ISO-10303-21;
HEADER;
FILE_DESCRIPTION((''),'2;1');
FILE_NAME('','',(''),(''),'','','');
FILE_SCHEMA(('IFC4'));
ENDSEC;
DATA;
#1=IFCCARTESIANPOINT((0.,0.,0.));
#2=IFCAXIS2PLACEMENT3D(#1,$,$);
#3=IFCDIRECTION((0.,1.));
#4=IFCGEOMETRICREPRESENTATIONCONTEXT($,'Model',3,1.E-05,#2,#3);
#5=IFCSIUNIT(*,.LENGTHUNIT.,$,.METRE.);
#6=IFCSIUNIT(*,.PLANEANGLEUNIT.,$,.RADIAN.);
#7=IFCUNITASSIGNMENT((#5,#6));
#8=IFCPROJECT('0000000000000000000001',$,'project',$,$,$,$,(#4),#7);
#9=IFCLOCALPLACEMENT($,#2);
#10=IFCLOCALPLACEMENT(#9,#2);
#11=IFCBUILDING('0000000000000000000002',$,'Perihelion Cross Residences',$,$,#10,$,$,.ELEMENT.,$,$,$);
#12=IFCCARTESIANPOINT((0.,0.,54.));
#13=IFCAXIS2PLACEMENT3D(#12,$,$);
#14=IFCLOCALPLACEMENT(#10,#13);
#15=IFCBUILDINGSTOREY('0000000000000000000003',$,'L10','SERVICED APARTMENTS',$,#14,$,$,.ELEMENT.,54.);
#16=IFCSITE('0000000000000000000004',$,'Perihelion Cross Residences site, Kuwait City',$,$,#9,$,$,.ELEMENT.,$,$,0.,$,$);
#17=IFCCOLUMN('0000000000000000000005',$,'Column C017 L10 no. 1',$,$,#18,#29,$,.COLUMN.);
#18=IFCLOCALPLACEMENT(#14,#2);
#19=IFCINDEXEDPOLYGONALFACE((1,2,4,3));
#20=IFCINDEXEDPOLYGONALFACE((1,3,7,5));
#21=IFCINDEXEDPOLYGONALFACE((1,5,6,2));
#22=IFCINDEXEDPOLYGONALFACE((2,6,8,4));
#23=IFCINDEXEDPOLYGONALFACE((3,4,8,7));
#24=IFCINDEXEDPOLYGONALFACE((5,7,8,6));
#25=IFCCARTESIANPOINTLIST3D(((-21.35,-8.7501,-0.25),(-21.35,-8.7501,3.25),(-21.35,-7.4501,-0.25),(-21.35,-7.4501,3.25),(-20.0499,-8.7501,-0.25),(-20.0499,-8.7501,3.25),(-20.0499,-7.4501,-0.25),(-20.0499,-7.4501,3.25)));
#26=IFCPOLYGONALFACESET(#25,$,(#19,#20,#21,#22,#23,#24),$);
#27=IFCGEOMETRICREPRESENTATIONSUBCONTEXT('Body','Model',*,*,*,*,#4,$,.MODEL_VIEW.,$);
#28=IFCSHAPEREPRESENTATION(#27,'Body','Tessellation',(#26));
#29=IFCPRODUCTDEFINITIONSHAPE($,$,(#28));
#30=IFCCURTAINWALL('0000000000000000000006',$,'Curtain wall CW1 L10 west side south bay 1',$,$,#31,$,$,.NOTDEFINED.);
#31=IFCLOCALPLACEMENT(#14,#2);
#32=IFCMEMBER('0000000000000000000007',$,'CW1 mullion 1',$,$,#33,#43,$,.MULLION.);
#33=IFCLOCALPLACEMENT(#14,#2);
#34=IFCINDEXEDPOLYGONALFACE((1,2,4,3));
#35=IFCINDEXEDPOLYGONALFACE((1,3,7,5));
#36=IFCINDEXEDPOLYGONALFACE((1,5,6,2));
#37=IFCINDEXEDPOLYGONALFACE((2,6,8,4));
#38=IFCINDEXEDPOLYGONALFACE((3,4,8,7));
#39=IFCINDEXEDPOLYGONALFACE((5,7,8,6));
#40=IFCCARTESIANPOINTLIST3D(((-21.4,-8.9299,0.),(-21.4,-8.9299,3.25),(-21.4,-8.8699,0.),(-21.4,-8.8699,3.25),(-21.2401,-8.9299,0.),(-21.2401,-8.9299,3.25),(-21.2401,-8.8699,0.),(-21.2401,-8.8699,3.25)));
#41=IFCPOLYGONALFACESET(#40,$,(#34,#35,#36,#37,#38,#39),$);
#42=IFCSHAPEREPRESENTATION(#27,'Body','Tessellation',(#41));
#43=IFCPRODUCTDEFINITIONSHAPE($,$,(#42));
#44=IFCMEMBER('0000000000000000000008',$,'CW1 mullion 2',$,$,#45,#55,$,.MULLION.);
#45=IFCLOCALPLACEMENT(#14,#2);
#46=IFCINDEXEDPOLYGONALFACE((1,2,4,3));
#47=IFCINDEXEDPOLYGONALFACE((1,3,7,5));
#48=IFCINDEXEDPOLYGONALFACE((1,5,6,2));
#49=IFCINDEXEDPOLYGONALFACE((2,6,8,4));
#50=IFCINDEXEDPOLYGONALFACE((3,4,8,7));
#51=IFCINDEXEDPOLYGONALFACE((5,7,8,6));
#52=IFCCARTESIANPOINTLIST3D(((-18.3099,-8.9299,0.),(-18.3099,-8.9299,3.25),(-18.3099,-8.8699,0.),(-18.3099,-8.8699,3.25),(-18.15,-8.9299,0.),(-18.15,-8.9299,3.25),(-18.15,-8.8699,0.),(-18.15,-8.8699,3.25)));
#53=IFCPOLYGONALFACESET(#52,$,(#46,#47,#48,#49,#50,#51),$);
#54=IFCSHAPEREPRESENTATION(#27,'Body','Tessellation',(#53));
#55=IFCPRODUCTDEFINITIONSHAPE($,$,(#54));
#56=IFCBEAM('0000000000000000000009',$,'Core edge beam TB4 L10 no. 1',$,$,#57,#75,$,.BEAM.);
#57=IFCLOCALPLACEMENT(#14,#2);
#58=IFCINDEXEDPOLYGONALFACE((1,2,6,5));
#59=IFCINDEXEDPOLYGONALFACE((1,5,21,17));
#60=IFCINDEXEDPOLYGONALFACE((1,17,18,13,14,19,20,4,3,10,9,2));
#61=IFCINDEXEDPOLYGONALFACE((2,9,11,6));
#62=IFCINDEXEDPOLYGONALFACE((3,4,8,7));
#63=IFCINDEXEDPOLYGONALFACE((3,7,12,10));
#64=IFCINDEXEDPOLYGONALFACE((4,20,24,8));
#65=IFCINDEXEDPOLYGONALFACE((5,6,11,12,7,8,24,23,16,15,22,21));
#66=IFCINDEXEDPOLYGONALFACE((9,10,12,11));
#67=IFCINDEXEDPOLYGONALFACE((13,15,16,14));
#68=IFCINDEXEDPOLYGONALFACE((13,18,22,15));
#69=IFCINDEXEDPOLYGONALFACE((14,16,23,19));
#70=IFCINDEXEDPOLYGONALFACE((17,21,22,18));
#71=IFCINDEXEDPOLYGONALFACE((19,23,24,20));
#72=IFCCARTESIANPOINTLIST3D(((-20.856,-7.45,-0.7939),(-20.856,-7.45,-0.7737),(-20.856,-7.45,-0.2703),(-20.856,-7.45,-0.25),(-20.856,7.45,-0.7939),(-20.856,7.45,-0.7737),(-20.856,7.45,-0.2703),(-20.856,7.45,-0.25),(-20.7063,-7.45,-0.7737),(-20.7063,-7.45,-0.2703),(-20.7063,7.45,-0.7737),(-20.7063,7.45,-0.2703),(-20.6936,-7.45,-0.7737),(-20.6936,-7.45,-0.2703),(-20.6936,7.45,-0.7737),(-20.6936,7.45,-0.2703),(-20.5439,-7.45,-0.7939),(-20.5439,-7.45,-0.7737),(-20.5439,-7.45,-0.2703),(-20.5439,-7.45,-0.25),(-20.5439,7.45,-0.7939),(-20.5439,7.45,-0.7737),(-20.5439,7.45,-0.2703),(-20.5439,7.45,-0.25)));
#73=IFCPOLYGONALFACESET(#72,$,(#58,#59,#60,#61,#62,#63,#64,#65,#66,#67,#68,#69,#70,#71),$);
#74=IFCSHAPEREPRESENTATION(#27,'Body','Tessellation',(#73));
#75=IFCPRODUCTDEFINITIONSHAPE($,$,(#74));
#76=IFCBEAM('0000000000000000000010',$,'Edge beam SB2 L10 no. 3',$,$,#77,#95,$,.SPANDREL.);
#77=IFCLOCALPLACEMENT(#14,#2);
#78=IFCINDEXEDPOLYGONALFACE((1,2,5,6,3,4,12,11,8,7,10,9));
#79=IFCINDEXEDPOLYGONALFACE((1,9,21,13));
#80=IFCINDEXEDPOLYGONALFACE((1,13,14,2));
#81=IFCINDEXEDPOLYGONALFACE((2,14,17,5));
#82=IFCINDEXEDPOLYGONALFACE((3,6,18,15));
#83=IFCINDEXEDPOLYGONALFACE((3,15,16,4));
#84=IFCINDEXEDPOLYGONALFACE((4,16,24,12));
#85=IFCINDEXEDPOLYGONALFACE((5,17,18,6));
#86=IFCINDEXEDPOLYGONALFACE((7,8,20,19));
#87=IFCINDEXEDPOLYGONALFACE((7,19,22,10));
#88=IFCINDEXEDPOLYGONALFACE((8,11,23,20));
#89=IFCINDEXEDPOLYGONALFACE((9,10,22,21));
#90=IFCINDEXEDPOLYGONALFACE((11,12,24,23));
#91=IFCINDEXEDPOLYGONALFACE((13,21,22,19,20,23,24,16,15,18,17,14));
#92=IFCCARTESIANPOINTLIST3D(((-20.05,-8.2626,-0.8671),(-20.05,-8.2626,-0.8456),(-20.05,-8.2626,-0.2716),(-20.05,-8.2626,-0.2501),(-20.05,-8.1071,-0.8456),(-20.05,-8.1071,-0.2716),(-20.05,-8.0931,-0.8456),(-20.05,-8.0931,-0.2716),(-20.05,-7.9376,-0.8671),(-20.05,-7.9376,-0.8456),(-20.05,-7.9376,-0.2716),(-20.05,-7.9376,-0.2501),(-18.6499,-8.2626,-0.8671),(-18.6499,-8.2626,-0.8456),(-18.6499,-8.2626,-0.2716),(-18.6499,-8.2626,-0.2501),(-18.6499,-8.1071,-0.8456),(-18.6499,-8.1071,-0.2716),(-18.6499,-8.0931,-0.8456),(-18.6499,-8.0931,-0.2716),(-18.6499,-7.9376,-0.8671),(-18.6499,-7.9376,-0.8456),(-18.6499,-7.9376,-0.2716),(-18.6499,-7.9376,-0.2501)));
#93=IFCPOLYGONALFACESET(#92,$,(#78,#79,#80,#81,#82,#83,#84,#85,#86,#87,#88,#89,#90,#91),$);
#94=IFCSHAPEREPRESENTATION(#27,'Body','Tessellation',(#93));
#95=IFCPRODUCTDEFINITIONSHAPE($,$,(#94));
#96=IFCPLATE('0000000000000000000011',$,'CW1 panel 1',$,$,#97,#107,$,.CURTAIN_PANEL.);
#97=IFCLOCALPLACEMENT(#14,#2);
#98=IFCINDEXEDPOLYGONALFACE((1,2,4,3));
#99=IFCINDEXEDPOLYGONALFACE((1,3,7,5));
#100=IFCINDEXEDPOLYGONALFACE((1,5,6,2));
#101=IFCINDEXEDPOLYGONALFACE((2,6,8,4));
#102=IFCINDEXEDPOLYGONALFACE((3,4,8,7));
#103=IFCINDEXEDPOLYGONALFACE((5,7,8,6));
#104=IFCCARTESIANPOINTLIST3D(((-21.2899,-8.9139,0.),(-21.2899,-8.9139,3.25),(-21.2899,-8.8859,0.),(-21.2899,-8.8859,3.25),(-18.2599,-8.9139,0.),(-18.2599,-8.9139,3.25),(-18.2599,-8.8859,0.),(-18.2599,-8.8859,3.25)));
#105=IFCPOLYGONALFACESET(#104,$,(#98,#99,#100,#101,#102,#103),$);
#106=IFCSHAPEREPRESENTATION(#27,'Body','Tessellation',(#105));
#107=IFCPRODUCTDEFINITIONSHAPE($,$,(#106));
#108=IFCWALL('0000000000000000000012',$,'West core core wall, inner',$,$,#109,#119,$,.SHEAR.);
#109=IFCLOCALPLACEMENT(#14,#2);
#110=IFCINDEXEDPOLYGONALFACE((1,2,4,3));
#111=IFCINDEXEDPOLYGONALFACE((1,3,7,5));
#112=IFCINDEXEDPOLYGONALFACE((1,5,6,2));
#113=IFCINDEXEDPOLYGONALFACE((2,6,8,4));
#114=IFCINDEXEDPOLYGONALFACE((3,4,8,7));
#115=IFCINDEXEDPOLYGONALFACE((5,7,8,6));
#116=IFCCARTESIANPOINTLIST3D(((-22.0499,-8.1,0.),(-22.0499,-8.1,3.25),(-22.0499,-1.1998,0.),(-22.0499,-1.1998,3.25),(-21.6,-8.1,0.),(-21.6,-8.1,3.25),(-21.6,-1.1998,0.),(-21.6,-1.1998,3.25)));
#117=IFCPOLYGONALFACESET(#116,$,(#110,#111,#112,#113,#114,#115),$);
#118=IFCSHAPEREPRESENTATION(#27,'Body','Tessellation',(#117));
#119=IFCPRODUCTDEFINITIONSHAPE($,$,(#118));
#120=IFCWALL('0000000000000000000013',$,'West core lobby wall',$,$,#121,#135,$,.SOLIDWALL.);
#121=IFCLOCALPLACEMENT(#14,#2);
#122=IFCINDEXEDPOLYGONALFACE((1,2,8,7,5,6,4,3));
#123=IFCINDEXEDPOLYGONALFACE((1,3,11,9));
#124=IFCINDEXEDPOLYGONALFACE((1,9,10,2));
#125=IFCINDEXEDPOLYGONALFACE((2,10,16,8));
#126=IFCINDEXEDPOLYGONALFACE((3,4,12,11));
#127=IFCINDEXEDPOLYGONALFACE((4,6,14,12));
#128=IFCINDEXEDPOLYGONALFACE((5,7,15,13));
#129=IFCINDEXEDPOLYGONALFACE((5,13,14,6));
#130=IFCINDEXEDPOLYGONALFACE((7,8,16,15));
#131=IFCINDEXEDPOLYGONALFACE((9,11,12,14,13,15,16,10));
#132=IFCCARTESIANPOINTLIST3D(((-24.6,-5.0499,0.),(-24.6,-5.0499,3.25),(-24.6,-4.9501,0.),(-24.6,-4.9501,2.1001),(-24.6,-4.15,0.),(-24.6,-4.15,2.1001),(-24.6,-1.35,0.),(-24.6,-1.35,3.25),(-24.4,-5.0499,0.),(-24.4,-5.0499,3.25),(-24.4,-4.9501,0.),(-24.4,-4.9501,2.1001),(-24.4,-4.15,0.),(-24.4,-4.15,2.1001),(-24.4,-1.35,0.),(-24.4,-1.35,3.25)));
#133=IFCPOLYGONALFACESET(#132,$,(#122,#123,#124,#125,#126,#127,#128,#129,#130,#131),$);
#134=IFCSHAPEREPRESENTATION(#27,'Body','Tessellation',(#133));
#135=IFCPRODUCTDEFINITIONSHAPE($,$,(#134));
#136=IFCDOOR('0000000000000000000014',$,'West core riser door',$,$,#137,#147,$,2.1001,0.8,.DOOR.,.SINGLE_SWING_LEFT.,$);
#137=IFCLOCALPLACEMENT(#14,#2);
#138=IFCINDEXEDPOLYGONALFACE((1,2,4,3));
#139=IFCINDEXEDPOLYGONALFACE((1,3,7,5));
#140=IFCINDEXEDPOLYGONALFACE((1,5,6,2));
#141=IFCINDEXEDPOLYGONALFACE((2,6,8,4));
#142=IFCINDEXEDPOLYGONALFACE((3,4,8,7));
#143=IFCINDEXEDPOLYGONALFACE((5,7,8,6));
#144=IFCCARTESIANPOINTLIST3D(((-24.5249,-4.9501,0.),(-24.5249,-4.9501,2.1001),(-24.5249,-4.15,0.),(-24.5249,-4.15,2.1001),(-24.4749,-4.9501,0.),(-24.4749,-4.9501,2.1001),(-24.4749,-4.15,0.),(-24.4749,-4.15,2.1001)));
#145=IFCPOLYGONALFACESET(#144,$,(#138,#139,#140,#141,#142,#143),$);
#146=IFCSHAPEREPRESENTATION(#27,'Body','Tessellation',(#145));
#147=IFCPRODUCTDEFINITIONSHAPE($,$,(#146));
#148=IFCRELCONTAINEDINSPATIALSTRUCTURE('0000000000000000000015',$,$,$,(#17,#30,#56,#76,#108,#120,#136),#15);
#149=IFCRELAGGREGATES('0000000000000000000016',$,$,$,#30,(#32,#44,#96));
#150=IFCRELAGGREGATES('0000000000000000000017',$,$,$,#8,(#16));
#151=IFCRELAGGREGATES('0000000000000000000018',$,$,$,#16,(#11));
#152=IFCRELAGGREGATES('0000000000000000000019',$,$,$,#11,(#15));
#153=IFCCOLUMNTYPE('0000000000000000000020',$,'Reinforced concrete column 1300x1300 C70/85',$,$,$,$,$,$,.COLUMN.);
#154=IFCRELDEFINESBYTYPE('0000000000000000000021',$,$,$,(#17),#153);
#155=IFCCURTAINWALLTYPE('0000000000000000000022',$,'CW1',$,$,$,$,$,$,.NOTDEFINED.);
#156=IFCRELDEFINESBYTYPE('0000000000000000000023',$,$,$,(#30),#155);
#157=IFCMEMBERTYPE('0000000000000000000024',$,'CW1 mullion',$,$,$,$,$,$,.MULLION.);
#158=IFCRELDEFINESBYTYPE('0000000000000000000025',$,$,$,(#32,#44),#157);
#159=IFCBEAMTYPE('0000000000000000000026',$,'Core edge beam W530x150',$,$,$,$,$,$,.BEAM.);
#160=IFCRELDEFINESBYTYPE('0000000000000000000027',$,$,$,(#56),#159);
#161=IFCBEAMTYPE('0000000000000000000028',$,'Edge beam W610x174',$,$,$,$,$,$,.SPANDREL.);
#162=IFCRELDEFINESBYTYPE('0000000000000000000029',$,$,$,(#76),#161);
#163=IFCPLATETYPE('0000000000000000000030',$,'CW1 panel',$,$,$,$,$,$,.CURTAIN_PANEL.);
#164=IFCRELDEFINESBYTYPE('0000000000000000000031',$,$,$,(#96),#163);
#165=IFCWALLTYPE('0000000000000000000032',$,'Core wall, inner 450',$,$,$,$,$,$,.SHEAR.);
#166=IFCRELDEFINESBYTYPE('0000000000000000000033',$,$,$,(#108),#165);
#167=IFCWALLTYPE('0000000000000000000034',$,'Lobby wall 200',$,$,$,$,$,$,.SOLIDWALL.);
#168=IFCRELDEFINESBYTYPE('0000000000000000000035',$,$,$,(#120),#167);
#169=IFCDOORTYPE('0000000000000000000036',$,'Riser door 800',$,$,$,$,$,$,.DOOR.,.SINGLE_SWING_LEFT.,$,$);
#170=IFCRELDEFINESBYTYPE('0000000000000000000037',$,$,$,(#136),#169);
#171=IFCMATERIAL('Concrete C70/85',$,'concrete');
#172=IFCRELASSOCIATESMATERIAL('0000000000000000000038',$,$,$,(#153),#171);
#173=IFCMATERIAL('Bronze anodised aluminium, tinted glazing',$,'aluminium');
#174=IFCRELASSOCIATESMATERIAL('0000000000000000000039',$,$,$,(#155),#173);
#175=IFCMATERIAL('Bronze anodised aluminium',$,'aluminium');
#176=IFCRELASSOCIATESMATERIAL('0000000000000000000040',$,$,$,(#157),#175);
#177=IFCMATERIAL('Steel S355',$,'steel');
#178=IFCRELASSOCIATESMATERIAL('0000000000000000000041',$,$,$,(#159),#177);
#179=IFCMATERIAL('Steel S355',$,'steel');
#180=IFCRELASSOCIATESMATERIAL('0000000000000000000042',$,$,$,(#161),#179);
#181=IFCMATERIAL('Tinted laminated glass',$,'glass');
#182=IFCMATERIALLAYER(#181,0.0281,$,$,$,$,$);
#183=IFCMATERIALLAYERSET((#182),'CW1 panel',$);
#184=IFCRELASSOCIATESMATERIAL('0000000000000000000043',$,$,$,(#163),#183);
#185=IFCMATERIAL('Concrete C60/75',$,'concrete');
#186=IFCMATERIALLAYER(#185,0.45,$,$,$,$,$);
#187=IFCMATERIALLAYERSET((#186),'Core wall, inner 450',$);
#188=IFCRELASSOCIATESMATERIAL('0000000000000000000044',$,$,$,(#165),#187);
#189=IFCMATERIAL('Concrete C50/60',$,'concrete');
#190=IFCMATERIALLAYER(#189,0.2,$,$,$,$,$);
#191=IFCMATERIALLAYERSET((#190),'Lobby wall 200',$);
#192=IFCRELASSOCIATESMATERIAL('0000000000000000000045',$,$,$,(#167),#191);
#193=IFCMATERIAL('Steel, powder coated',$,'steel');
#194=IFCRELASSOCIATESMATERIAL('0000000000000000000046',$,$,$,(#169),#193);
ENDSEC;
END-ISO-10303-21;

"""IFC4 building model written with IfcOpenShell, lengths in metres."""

from ifc_helpers import new_model, si_unit, direction, frame, frame_2d, origin, origin_2d, place, context, subcontext, project, spatial, rectangle, i_section, extrude, material, layer, layer_set, material_profile, profile_set, type_object, element, fill, aggregate, save


model = new_model("IFC4")

# Units and contexts
model_context = context("Model", 3, precision=1e-05, world=origin(), true_north=direction((0.0, 1.0)))
body_context = subcontext(model_context, "Body", "Model", "MODEL_VIEW")
ifc_project = project(units=[si_unit("LENGTHUNIT", "METRE"), si_unit("PLANEANGLEUNIT", "RADIAN")], contexts=[model_context])

# Site, building, storey
site_placement = place(None, origin())
site = spatial("IfcSite", under=ifc_project, at=site_placement, Name="Perihelion Cross Residences site, Kuwait City", CompositionType="ELEMENT", RefElevation=0.0)
building_placement = place(site_placement, origin())
building = spatial("IfcBuilding", under=site, at=building_placement, Name="Perihelion Cross Residences", CompositionType="ELEMENT")
storey_placement = place(building_placement, frame((0.0, 0.0, 54.0)))
storey = spatial("IfcBuildingStorey", under=building, at=storey_placement, Name="L10", Description="SERVICED APARTMENTS", CompositionType="ELEMENT", Elevation=54.0)

# Column
ifc_material_1 = material(Name="Concrete C70/85", Category="concrete")
ifc_material_profile_1 = material_profile(ifc_material_1, rectangle(XDim=1.3, YDim=1.3, at=origin_2d()), Name="RC 1300x1300")
ifc_profile_set_1 = profile_set([ifc_material_profile_1], Name="Concrete C70/85")
column_type = type_object("IfcColumnType", Name="Reinforced concrete column 1300x1300 C70/85", PredefinedType="COLUMN", material=ifc_profile_set_1)
column_placement = place(storey_placement, frame((-20.7, -8.1001, -0.25), z_axis=(0.0, 0.0, 1.0), x_axis=(1.0, 0.0, 0.0)))
element("IfcColumn", 1, at=column_placement, inside=storey, type_object=column_type, Name="Column C017 L10 no. 1", PredefinedType="COLUMN", context=body_context, shape_type="SweptSolid", body=[
    extrude(rectangle(XDim=1.3, YDim=1.3, at=origin_2d()), origin(), (0.0, 0.0, 1.0), 3.5),
])

# Curtain wall, members
ifc_material_2 = material(Name="Bronze anodised aluminium, tinted glazing", Category="aluminium")
curtain_wall_type = type_object("IfcCurtainWallType", Name="CW1", PredefinedType="NOTDEFINED", material=ifc_material_2)
curtain_wall_placement = place(storey_placement, origin())
curtain_wall = element("IfcCurtainWall", 2, at=curtain_wall_placement, inside=storey, type_object=curtain_wall_type, Name="Curtain wall CW1 L10 west side south bay 1", PredefinedType="NOTDEFINED")
ifc_material_3 = material(Name="Bronze anodised aluminium", Category="aluminium")
ifc_material_profile_2 = material_profile(ifc_material_3, rectangle(XDim=0.0601, YDim=0.1599, at=origin_2d()), Name="CW1 mullion")
ifc_profile_set_2 = profile_set([ifc_material_profile_2], Name="Bronze anodised aluminium")
member_type = type_object("IfcMemberType", Name="CW1 mullion", PredefinedType="MULLION", material=ifc_profile_set_2)
member_1_placement = place(storey_placement, frame((-21.3201, -8.8999, 0.0), z_axis=(0.0, 0.0, 1.0), x_axis=(0.0, 1.0, 0.0)))
member_1 = element("IfcMember", 3, at=member_1_placement, type_object=member_type, Name="CW1 mullion 1", PredefinedType="MULLION", context=body_context, shape_type="SweptSolid", body=[
    extrude(rectangle(XDim=0.0601, YDim=0.1599, at=origin_2d()), origin(), (0.0, 0.0, 1.0), 3.25),
])
member_2_placement = place(storey_placement, frame((-18.23, -8.8999, 0.0), z_axis=(0.0, 0.0, 1.0), x_axis=(0.0, 1.0, 0.0)))
member_2 = element("IfcMember", 4, at=member_2_placement, type_object=member_type, Name="CW1 mullion 2", PredefinedType="MULLION", context=body_context, shape_type="SweptSolid", body=[
    extrude(rectangle(XDim=0.0601, YDim=0.1599, at=origin_2d()), origin(), (0.0, 0.0, 1.0), 3.25),
])

# Beams
ifc_material_4 = material(Name="Steel S355", Category="steel")
ifc_material_profile_3 = material_profile(ifc_material_4, i_section(OverallWidth=0.312, OverallDepth=0.5439, WebThickness=0.0127, FlangeThickness=0.0203, at=origin_2d()), Name="W530x150")
ifc_profile_set_3 = profile_set([ifc_material_profile_3], Name="Steel S355")
beam_type_1 = type_object("IfcBeamType", Name="Core edge beam W530x150", PredefinedType="BEAM", material=ifc_profile_set_3)
beam_1_placement = place(storey_placement, frame((-20.7, -7.45, -0.522), z_axis=(0.0, 1.0, 0.0), x_axis=(-1.0, 0.0, 0.0)))
element("IfcBeam", 5, at=beam_1_placement, inside=storey, type_object=beam_type_1, Name="Core edge beam TB4 L10 no. 1", PredefinedType="BEAM", context=body_context, shape_type="SweptSolid", body=[
    extrude(i_section(OverallWidth=0.312, OverallDepth=0.5439, WebThickness=0.0127, FlangeThickness=0.0203, at=origin_2d()), origin(), (0.0, 0.0, 1.0), 14.8999),
])
ifc_material_5 = material(Name="Steel S355", Category="steel")
ifc_material_profile_4 = material_profile(ifc_material_5, i_section(OverallWidth=0.325, OverallDepth=0.6169, WebThickness=0.0139, FlangeThickness=0.0215, at=origin_2d()), Name="W610x174")
ifc_profile_set_4 = profile_set([ifc_material_profile_4], Name="Steel S355")
beam_type_2 = type_object("IfcBeamType", Name="Edge beam W610x174", PredefinedType="SPANDREL", material=ifc_profile_set_4)
beam_2_placement = place(storey_placement, frame((-20.05, -8.1001, -0.5586), z_axis=(1.0, 0.0, 0.0), x_axis=(0.0, 1.0, 0.0)))
element("IfcBeam", 6, at=beam_2_placement, inside=storey, type_object=beam_type_2, Name="Edge beam SB2 L10 no. 3", PredefinedType="SPANDREL", context=body_context, shape_type="SweptSolid", body=[
    extrude(i_section(OverallWidth=0.325, OverallDepth=0.6169, WebThickness=0.0139, FlangeThickness=0.0215, at=origin_2d()), origin(), (0.0, 0.0, 1.0), 1.4001),
])

# Plate
ifc_material_6 = material(Name="Tinted laminated glass", Category="glass")
ifc_layer_1 = layer(ifc_material_6, 0.0281)
ifc_layer_set_1 = layer_set([ifc_layer_1], Name="CW1 panel")
plate_type = type_object("IfcPlateType", Name="CW1 panel", PredefinedType="CURTAIN_PANEL", material=ifc_layer_set_1)
plate_placement = place(storey_placement, frame((-19.7749, -8.8999, 0.0), z_axis=(0.0, 0.0, 1.0), x_axis=(1.0, 0.0, 0.0)))
plate = element("IfcPlate", 7, at=plate_placement, type_object=plate_type, Name="CW1 panel 1", PredefinedType="CURTAIN_PANEL", context=body_context, shape_type="SweptSolid", body=[
    extrude(rectangle(XDim=3.03, YDim=0.0281, at=origin_2d()), origin(), (0.0, 0.0, 1.0), 3.25),
])
aggregate(curtain_wall, [member_1, member_2, plate])

# Wall
ifc_material_7 = material(Name="Concrete C60/75", Category="concrete")
ifc_layer_2 = layer(ifc_material_7, 0.45)
ifc_layer_set_2 = layer_set([ifc_layer_2], Name="Core wall, inner 450")
wall_type_1 = type_object("IfcWallType", Name="Core wall, inner 450", PredefinedType="SHEAR", material=ifc_layer_set_2)
wall_1_placement = place(storey_placement, frame((-21.825, -8.1001, 0.0), z_axis=(0.0, 0.0, 1.0), x_axis=(0.0, 1.0, 0.0)))
element("IfcWall", 8, at=wall_1_placement, inside=storey, type_object=wall_type_1, Name="West core core wall, inner", PredefinedType="SHEAR", context=body_context, shape_type="SweptSolid", body=[
    extrude(rectangle(XDim=6.9001, YDim=0.45, at=frame_2d((3.4502, 0.0))), origin(), (0.0, 0.0, 1.0), 3.25),
])

# Wall, opening, door
ifc_material_8 = material(Name="Concrete C50/60", Category="concrete")
ifc_layer_3 = layer(ifc_material_8, 0.2)
ifc_layer_set_3 = layer_set([ifc_layer_3], Name="Lobby wall 200")
wall_type_2 = type_object("IfcWallType", Name="Lobby wall 200", PredefinedType="SOLIDWALL", material=ifc_layer_set_3)
wall_2_placement = place(storey_placement, frame((-24.5, -5.05, 0.0), z_axis=(0.0, 0.0, 1.0), x_axis=(0.0, 1.0, 0.0)))
wall_2 = element("IfcWall", 9, at=wall_2_placement, inside=storey, type_object=wall_type_2, Name="West core lobby wall", PredefinedType="SOLIDWALL", context=body_context, shape_type="SweptSolid", body=[
    extrude(rectangle(XDim=3.7, YDim=0.2, at=frame_2d((1.8501, 0.0))), origin(), (0.0, 0.0, 1.0), 3.25),
])
opening_1_placement = place(wall_2_placement, frame((0.1001, 0.0, 0.0)))
opening_1 = element("IfcOpeningElement", 10, at=opening_1_placement, cuts=wall_2, PredefinedType="OPENING", context=body_context, shape_type="SweptSolid", body=[
    extrude(rectangle(XDim=0.8, YDim=2.1001, at=frame_2d((0.3999, 1.05))), frame((0.0, 0.1099, 0.0), z_axis=(0.0, -1.0, 0.0), x_axis=(1.0, 0.0, 0.0)), (0.0, 0.0, 1.0), 0.22),
])
ifc_material_9 = material(Name="Steel, powder coated", Category="steel")
door_type_1 = type_object("IfcDoorType", Name="Riser door 800", OperationType="SINGLE_SWING_LEFT", PredefinedType="DOOR", material=ifc_material_9)
door_1_placement = place(opening_1_placement, origin())
door_1 = element("IfcDoor", 11, at=door_1_placement, inside=storey, type_object=door_type_1, Name="West core riser door", OperationType="SINGLE_SWING_LEFT", OverallHeight=2.1001, OverallWidth=0.8, PredefinedType="DOOR", context=body_context, shape_type="SweptSolid", body=[
    extrude(rectangle(XDim=0.8, YDim=2.1001, at=frame_2d((0.3999, 1.05))), frame((0.0, 0.0249, 0.0), z_axis=(0.0, -1.0, 0.0), x_axis=(1.0, 0.0, 0.0)), (0.0, 0.0, 1.0), 0.05),
])
fill(opening_1, door_1)

save(model, "model.ifc")
